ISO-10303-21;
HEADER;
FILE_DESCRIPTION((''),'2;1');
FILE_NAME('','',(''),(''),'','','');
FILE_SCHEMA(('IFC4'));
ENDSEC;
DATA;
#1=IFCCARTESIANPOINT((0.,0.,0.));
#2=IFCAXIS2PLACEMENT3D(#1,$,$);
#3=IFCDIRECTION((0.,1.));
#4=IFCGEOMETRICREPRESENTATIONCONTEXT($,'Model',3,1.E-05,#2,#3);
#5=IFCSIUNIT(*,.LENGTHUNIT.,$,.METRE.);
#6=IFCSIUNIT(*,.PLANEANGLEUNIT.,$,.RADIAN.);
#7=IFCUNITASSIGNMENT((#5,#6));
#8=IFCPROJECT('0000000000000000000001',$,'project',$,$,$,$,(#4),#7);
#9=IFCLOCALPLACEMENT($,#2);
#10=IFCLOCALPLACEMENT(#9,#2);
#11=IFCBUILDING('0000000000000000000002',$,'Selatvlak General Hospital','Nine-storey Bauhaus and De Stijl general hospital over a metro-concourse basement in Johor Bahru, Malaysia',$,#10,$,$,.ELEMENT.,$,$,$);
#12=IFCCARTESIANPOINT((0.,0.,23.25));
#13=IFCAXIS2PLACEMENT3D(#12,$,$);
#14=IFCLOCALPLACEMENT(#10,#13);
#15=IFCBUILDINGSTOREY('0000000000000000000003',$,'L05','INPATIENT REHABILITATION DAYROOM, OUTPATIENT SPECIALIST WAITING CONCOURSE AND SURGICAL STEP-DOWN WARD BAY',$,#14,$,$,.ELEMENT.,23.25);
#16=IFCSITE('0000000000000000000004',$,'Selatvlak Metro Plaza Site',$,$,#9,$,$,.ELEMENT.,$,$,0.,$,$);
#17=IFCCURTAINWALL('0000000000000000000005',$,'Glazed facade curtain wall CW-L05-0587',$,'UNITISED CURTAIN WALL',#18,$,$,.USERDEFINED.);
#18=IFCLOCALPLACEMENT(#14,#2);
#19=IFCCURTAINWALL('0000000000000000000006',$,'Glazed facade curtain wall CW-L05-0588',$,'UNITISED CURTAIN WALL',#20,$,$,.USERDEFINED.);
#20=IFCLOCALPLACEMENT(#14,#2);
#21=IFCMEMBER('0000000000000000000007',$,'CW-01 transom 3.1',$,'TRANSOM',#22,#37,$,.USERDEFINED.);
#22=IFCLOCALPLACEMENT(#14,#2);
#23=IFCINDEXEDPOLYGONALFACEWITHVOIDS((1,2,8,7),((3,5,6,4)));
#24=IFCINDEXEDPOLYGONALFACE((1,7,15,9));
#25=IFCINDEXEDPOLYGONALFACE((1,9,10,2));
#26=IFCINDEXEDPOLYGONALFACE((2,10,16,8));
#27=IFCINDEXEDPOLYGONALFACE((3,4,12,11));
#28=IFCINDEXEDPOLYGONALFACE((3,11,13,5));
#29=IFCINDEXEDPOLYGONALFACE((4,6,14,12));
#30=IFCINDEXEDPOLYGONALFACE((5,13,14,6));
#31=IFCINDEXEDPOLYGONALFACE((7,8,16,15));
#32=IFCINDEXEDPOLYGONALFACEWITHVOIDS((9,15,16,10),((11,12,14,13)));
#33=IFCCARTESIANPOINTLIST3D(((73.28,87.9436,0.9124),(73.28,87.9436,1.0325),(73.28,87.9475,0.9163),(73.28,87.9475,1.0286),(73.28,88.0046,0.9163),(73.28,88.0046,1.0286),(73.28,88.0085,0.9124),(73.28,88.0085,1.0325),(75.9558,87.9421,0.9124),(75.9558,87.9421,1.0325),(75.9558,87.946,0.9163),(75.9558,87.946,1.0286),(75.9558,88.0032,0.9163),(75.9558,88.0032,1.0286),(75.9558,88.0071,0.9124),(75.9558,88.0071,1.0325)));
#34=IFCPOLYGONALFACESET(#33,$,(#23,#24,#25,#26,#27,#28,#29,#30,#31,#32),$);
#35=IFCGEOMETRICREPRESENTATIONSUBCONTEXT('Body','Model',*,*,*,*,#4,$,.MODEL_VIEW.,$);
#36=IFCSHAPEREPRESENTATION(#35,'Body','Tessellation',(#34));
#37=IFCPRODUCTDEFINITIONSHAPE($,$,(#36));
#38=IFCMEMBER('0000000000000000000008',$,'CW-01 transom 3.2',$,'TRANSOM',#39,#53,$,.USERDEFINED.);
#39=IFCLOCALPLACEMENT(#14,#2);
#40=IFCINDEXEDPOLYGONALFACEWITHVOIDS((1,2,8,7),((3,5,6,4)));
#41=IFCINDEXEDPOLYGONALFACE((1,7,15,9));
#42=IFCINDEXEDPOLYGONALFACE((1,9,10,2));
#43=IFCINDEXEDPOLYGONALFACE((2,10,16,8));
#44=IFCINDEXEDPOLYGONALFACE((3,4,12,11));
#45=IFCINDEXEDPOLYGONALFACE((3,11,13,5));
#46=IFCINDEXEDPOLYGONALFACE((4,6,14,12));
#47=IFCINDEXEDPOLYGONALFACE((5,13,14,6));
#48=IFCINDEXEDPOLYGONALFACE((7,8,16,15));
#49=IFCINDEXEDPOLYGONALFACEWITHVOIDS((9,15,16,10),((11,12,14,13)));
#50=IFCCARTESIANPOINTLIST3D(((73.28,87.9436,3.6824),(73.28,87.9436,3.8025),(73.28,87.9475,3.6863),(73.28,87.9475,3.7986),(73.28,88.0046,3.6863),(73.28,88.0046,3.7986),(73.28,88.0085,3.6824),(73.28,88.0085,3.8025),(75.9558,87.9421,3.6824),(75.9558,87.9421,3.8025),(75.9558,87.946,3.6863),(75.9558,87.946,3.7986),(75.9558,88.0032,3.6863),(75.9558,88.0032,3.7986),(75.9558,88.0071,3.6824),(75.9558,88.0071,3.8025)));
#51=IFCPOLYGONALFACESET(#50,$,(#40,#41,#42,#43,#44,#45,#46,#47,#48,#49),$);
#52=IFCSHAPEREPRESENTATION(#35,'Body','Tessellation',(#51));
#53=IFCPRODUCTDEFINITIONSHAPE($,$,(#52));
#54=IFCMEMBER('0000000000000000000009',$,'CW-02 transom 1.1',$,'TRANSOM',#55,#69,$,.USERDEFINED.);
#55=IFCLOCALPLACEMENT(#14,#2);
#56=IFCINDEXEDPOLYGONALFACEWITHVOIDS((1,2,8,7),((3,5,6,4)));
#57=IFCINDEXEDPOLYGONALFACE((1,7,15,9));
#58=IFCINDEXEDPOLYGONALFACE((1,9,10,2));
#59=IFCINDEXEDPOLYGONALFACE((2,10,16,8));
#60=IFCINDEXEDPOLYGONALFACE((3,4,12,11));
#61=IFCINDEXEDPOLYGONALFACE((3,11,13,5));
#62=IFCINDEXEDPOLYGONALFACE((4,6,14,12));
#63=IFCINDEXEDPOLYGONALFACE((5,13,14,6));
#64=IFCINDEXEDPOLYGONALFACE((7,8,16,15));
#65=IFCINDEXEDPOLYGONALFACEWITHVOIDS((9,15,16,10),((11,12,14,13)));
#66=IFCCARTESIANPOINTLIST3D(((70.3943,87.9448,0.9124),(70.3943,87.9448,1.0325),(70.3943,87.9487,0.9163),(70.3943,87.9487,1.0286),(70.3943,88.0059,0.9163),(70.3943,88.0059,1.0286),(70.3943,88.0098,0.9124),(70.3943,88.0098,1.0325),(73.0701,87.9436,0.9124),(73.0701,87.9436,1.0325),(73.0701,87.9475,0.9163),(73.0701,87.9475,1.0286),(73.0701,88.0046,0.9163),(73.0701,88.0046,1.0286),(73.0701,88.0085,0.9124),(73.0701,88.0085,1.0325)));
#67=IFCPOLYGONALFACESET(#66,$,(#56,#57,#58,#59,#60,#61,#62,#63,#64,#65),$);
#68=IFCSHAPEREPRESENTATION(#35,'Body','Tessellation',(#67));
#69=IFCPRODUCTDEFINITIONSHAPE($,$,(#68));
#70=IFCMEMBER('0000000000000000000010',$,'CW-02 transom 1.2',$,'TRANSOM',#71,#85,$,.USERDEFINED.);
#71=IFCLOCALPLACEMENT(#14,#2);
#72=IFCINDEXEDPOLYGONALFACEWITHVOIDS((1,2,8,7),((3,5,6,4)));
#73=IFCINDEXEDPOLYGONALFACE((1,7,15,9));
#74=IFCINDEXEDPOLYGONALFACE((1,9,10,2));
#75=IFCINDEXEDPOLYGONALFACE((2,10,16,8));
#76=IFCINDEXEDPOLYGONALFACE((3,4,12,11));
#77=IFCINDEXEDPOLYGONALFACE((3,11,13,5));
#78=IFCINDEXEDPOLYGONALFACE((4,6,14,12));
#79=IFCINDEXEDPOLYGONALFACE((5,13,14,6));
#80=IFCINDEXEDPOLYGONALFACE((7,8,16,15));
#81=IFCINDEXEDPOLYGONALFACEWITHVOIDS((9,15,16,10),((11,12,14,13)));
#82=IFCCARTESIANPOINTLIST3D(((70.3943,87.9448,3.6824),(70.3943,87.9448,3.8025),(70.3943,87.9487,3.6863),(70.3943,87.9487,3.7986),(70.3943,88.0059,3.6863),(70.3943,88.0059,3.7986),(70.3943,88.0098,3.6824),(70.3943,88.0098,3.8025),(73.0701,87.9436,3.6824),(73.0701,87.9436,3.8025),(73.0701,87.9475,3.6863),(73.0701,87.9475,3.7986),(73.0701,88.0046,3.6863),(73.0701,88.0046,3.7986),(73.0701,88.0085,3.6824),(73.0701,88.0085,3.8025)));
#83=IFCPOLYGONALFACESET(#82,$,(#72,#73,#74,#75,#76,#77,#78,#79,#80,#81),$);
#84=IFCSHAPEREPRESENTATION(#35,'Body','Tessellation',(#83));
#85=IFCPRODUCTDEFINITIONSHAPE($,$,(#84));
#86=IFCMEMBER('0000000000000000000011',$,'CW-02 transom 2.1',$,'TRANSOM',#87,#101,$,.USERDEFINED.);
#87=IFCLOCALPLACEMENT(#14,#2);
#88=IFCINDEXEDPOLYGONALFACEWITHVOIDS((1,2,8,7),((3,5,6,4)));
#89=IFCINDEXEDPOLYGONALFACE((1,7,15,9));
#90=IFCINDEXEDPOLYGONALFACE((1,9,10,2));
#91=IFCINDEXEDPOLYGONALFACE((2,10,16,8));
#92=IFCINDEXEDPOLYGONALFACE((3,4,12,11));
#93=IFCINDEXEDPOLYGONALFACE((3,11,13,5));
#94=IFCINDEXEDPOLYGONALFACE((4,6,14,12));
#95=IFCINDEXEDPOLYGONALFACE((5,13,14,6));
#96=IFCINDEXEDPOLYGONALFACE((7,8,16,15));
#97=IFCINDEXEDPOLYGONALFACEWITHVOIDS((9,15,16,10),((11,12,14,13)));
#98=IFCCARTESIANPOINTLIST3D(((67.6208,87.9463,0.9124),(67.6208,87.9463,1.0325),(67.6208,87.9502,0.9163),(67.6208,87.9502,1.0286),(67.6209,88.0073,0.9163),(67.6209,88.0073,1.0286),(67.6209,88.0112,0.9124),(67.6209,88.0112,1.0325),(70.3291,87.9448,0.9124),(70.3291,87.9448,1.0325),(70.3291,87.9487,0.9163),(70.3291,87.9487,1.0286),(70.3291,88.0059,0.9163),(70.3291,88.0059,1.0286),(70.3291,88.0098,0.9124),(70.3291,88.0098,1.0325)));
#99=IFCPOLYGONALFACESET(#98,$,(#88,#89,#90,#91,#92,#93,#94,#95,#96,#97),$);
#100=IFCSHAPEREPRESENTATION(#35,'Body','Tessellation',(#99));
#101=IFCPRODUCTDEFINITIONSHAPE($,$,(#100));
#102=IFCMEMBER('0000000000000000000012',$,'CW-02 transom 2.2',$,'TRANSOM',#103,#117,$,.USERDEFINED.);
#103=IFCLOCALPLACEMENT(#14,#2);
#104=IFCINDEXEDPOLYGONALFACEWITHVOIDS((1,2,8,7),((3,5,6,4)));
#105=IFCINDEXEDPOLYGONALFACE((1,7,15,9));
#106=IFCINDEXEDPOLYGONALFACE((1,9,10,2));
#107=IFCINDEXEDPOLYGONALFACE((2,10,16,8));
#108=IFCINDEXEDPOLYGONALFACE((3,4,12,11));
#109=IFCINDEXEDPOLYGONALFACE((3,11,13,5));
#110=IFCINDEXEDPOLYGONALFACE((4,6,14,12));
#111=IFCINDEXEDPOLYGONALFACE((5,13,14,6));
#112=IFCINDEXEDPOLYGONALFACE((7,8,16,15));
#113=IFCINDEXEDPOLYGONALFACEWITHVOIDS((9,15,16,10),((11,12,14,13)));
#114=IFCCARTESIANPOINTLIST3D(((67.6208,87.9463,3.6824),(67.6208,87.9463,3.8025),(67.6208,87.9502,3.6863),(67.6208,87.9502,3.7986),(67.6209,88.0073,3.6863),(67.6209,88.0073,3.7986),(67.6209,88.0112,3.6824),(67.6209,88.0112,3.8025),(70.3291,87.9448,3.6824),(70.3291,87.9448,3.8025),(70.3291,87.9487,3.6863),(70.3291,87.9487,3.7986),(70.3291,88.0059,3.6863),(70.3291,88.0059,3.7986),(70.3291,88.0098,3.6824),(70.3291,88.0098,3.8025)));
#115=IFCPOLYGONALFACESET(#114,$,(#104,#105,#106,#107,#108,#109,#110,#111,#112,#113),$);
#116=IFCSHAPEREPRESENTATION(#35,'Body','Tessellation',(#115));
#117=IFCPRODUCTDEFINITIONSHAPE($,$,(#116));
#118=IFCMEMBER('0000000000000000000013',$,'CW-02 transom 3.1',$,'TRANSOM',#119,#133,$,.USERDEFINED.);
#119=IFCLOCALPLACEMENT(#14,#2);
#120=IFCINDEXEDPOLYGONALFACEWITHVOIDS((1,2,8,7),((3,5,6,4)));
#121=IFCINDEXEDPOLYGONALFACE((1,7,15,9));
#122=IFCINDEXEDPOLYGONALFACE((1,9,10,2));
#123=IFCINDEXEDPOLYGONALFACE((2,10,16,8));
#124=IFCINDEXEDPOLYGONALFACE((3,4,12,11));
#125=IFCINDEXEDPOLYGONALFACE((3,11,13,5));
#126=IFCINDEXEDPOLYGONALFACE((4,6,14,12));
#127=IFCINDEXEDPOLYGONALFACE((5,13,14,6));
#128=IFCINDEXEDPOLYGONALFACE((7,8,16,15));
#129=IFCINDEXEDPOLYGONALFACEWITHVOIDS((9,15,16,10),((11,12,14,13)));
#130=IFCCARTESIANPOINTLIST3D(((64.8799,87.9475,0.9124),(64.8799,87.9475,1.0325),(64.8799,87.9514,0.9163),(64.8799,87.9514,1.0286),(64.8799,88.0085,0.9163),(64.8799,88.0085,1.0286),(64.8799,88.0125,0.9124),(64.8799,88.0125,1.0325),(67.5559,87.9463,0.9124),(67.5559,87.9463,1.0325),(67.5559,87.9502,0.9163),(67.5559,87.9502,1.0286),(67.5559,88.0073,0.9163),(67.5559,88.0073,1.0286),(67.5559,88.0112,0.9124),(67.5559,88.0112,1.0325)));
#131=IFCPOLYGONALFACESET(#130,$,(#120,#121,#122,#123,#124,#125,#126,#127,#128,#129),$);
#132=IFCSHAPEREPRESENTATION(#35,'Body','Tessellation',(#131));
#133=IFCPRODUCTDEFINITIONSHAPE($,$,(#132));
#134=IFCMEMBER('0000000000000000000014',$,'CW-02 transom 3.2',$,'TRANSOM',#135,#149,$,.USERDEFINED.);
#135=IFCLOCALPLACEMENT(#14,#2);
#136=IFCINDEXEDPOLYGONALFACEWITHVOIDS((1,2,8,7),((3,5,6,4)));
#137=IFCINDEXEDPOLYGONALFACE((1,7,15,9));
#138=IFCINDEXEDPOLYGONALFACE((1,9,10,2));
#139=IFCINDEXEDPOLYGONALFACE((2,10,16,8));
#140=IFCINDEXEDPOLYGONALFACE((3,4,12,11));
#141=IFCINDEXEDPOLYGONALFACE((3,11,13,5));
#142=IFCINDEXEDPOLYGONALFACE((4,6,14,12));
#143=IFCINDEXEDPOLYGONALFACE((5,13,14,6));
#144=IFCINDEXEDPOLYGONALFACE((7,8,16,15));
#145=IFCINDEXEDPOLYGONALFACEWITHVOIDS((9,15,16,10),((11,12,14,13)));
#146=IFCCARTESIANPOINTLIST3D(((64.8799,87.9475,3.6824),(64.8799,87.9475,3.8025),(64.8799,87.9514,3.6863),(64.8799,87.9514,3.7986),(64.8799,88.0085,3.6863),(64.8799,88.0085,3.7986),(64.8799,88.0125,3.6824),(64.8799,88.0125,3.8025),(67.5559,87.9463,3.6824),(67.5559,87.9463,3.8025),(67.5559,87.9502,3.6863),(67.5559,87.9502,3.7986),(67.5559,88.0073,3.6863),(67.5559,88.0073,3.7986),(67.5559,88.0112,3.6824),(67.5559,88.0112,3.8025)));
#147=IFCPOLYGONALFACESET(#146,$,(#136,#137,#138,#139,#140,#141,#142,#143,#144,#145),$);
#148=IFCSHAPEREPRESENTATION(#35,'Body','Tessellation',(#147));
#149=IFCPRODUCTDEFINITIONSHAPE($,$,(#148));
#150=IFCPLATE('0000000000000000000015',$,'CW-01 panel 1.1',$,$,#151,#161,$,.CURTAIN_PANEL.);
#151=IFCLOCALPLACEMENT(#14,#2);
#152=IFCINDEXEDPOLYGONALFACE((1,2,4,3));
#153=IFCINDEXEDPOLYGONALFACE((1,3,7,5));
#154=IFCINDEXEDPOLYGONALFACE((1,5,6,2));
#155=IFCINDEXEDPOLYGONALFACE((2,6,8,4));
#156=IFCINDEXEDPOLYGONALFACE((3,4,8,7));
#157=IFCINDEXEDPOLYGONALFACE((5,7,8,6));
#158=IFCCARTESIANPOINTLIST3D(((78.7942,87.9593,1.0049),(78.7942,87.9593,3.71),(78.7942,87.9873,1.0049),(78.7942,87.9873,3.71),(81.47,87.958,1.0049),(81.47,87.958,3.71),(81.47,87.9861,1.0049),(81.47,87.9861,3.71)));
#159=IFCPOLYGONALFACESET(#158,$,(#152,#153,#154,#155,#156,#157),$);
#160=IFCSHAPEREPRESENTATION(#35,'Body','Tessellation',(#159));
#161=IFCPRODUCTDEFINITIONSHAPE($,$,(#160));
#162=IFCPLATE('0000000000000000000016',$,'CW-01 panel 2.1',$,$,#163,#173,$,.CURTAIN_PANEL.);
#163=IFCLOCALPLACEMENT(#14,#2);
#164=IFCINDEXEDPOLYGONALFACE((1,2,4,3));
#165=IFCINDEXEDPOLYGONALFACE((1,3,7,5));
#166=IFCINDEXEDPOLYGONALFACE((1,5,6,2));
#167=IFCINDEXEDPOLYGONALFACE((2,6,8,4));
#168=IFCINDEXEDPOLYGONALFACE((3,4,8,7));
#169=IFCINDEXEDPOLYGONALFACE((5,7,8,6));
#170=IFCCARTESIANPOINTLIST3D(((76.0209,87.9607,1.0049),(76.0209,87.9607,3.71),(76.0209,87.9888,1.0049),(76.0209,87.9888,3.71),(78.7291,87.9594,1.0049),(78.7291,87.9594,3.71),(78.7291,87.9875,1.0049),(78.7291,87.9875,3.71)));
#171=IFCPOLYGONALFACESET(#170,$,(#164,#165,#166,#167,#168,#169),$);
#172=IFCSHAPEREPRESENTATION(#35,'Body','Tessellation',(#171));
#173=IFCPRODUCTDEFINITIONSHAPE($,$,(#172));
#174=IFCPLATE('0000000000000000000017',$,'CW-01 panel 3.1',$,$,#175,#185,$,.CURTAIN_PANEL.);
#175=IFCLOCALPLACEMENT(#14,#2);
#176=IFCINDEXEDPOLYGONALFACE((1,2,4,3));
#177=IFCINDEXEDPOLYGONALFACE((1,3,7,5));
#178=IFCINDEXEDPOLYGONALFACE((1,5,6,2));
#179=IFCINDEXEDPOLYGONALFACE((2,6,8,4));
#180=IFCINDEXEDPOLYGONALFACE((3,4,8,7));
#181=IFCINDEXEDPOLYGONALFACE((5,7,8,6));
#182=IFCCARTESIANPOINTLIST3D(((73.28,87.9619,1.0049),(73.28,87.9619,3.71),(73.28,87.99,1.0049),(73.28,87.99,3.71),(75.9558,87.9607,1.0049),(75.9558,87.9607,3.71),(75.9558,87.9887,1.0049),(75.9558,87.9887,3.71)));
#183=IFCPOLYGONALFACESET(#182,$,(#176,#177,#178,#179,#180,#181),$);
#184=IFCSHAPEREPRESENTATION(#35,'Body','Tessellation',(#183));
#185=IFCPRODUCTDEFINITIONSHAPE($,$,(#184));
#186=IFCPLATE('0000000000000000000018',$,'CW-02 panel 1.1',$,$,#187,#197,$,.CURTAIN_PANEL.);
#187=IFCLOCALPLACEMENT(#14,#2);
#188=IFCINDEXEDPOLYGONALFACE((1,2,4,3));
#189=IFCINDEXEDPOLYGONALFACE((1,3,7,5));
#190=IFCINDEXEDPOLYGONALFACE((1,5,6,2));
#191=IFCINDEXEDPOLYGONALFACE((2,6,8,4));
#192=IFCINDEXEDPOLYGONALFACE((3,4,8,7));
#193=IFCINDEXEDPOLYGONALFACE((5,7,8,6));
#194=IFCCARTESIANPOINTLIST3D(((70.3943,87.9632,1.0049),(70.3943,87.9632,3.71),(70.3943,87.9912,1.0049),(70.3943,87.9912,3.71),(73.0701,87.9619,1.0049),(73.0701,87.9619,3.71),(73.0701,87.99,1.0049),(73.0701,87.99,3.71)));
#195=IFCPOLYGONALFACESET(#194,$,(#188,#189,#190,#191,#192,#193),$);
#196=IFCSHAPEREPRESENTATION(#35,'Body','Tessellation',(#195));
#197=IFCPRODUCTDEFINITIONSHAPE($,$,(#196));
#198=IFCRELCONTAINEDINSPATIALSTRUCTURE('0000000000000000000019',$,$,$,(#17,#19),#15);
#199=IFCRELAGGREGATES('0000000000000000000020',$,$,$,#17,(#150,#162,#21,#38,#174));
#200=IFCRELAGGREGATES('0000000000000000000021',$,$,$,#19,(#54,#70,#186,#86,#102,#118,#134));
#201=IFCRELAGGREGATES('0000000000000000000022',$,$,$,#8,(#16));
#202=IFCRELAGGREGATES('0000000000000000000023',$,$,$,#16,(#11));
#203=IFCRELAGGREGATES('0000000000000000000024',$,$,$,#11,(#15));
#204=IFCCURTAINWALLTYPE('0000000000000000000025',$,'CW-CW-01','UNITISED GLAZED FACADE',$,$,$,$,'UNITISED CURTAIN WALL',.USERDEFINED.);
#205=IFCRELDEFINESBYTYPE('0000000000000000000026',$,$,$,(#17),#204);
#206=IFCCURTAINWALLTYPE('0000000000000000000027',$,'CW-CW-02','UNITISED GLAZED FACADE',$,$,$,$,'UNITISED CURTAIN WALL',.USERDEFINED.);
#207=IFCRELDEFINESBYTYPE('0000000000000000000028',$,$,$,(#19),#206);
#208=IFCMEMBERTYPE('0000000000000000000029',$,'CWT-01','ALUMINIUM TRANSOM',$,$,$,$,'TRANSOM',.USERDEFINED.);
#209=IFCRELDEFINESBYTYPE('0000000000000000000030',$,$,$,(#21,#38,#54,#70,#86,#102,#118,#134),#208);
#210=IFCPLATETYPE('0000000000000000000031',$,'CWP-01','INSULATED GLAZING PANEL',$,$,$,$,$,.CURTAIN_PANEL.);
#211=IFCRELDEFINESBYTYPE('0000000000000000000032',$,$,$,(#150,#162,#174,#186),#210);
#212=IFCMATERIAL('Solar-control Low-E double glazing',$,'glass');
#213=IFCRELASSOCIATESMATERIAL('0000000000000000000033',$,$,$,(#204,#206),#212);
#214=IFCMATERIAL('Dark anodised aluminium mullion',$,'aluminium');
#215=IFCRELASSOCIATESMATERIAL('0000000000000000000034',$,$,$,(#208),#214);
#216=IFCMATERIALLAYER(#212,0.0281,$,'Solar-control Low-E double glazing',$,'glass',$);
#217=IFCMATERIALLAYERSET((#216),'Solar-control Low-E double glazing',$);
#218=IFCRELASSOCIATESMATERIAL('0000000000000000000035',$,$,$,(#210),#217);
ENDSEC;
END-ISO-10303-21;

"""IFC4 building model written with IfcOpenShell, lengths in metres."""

from ifc_helpers import new_model, si_unit, direction, frame, origin, origin_2d, place, context, subcontext, project, spatial, rectangle, hollow_rectangle, extrude, material, layer, layer_set, material_profile, profile_set, type_object, element, aggregate, save


model = new_model("IFC4")

# Units and contexts
model_context = context("Model", 3, precision=1e-05, world=origin(), true_north=direction((0.0, 1.0)))
body_context = subcontext(model_context, "Body", "Model", "MODEL_VIEW")
ifc_project = project(units=[si_unit("LENGTHUNIT", "METRE"), si_unit("PLANEANGLEUNIT", "RADIAN")], contexts=[model_context])

# Site, building, storey
site_placement = place(None, origin())
site = spatial("IfcSite", under=ifc_project, at=site_placement, Name="Selatvlak Metro Plaza Site", CompositionType="ELEMENT", RefElevation=0.0)
building_placement = place(site_placement, origin())
building = spatial("IfcBuilding", under=site, at=building_placement, Name="Selatvlak General Hospital", Description="Nine-storey Bauhaus and De Stijl general hospital over a metro-concourse basement in Johor Bahru, Malaysia", CompositionType="ELEMENT")
storey_placement = place(building_placement, frame((0.0, 0.0, 23.25)))
storey = spatial("IfcBuildingStorey", under=building, at=storey_placement, Name="L05", Description="INPATIENT REHABILITATION DAYROOM, OUTPATIENT SPECIALIST WAITING CONCOURSE AND SURGICAL STEP-DOWN WARD BAY", CompositionType="ELEMENT", Elevation=23.25)

# Curtain walls
ifc_material_1 = material(Name="Solar-control Low-E double glazing", Category="glass")
curtain_wall_type_1 = type_object("IfcCurtainWallType", Name="CW-CW-01", Description="UNITISED GLAZED FACADE", ElementType="UNITISED CURTAIN WALL", PredefinedType="USERDEFINED", material=ifc_material_1)
curtain_wall_1_placement = place(storey_placement, origin())
curtain_wall_1 = element("IfcCurtainWall", 1, at=curtain_wall_1_placement, inside=storey, type_object=curtain_wall_type_1, Name="Glazed facade curtain wall CW-L05-0587", ObjectType="UNITISED CURTAIN WALL", PredefinedType="USERDEFINED")
ifc_material_2 = material(Name="Dark anodised aluminium mullion", Category="aluminium")
curtain_wall_type_2 = type_object("IfcCurtainWallType", Name="CW-CW-02", Description="UNITISED GLAZED FACADE", ElementType="UNITISED CURTAIN WALL", PredefinedType="USERDEFINED", material=ifc_material_1)
curtain_wall_2_placement = place(storey_placement, origin())
curtain_wall_2 = element("IfcCurtainWall", 2, at=curtain_wall_2_placement, inside=storey, type_object=curtain_wall_type_2, Name="Glazed facade curtain wall CW-L05-0588", ObjectType="UNITISED CURTAIN WALL", PredefinedType="USERDEFINED")

# Members
ifc_material_profile_1 = material_profile(ifc_material_2, hollow_rectangle(XDim=0.0649, YDim=0.1201, WallThickness=0.0039, at=origin_2d()), Name="AL-TRN 65x120x4")
ifc_profile_set_1 = profile_set([ifc_material_profile_1], Name="Dark anodised aluminium mullion")
member_type_1 = type_object("IfcMemberType", Name="CWT-01", Description="ALUMINIUM TRANSOM", ElementType="TRANSOM", PredefinedType="USERDEFINED", material=ifc_profile_set_1)
member_1_placement = place(storey_placement, frame((75.9558, 87.9746, 0.9724), z_axis=(-1.0, 0.000547, 0.0), x_axis=(-0.000547, -1.0, 0.0)))
member_1 = element("IfcMember", 3, at=member_1_placement, type_object=member_type_1, Name="CW-01 transom 3.1", ObjectType="TRANSOM", PredefinedType="USERDEFINED", context=body_context, shape_type="SweptSolid", body=[
    extrude(hollow_rectangle(XDim=0.0649, YDim=0.1201, WallThickness=0.0039, at=origin_2d()), origin(), (0.0, 0.0, 1.0), 2.6758),
])
member_2_placement = place(storey_placement, frame((75.9558, 87.9746, 3.7424), z_axis=(-1.0, 0.000547, 0.0), x_axis=(-0.000547, -1.0, 0.0)))
member_2 = element("IfcMember", 4, at=member_2_placement, type_object=member_type_1, Name="CW-01 transom 3.2", ObjectType="TRANSOM", PredefinedType="USERDEFINED", context=body_context, shape_type="SweptSolid", body=[
    extrude(hollow_rectangle(XDim=0.0649, YDim=0.1201, WallThickness=0.0039, at=origin_2d()), origin(), (0.0, 0.0, 1.0), 2.6758),
])
member_3_placement = place(storey_placement, frame((73.0701, 87.9761, 0.9724), z_axis=(-1.0, 0.000456, 0.0), x_axis=(-0.000456, -1.0, 0.0)))
member_3 = element("IfcMember", 5, at=member_3_placement, type_object=member_type_1, Name="CW-02 transom 1.1", ObjectType="TRANSOM", PredefinedType="USERDEFINED", context=body_context, shape_type="SweptSolid", body=[
    extrude(hollow_rectangle(XDim=0.0649, YDim=0.1201, WallThickness=0.0039, at=origin_2d()), origin(), (0.0, 0.0, 1.0), 2.6758),
])
member_4_placement = place(storey_placement, frame((73.0701, 87.9761, 3.7424), z_axis=(-1.0, 0.000456, 0.0), x_axis=(-0.000456, -1.0, 0.0)))
member_4 = element("IfcMember", 6, at=member_4_placement, type_object=member_type_1, Name="CW-02 transom 1.2", ObjectType="TRANSOM", PredefinedType="USERDEFINED", context=body_context, shape_type="SweptSolid", body=[
    extrude(hollow_rectangle(XDim=0.0649, YDim=0.1201, WallThickness=0.0039, at=origin_2d()), origin(), (0.0, 0.0, 1.0), 2.6758),
])
member_5_placement = place(storey_placement, frame((70.3291, 87.9773, 0.9724), z_axis=(-1.0, 0.000541, 0.0), x_axis=(-0.000541, -1.0, 0.0)))
member_5 = element("IfcMember", 7, at=member_5_placement, type_object=member_type_1, Name="CW-02 transom 2.1", ObjectType="TRANSOM", PredefinedType="USERDEFINED", context=body_context, shape_type="SweptSolid", body=[
    extrude(hollow_rectangle(XDim=0.0649, YDim=0.1201, WallThickness=0.0039, at=origin_2d()), origin(), (0.0, 0.0, 1.0), 2.7083),
])
member_6_placement = place(storey_placement, frame((70.3291, 87.9773, 3.7424), z_axis=(-1.0, 0.000541, 0.0), x_axis=(-0.000541, -1.0, 0.0)))
member_6 = element("IfcMember", 8, at=member_6_placement, type_object=member_type_1, Name="CW-02 transom 2.2", ObjectType="TRANSOM", PredefinedType="USERDEFINED", context=body_context, shape_type="SweptSolid", body=[
    extrude(hollow_rectangle(XDim=0.0649, YDim=0.1201, WallThickness=0.0039, at=origin_2d()), origin(), (0.0, 0.0, 1.0), 2.7083),
])
member_7_placement = place(storey_placement, frame((67.5559, 87.9788, 0.9724), z_axis=(-1.0, 0.000456, 0.0), x_axis=(-0.000456, -1.0, 0.0)))
member_7 = element("IfcMember", 9, at=member_7_placement, type_object=member_type_1, Name="CW-02 transom 3.1", ObjectType="TRANSOM", PredefinedType="USERDEFINED", context=body_context, shape_type="SweptSolid", body=[
    extrude(hollow_rectangle(XDim=0.0649, YDim=0.1201, WallThickness=0.0039, at=origin_2d()), origin(), (0.0, 0.0, 1.0), 2.676),
])
member_8_placement = place(storey_placement, frame((67.5559, 87.9788, 3.7424), z_axis=(-1.0, 0.000456, 0.0), x_axis=(-0.000456, -1.0, 0.0)))
member_8 = element("IfcMember", 10, at=member_8_placement, type_object=member_type_1, Name="CW-02 transom 3.2", ObjectType="TRANSOM", PredefinedType="USERDEFINED", context=body_context, shape_type="SweptSolid", body=[
    extrude(hollow_rectangle(XDim=0.0649, YDim=0.1201, WallThickness=0.0039, at=origin_2d()), origin(), (0.0, 0.0, 1.0), 2.676),
])

# Plates
ifc_layer_1 = layer(ifc_material_1, 0.0281, Name="Solar-control Low-E double glazing", Category="glass")
ifc_layer_set_1 = layer_set([ifc_layer_1], Name="Solar-control Low-E double glazing")
plate_type = type_object("IfcPlateType", Name="CWP-01", Description="INSULATED GLAZING PANEL", PredefinedType="CURTAIN_PANEL", material=ifc_layer_set_1)
plate_1_placement = place(storey_placement, frame((80.1321, 87.9727, 1.0049), z_axis=(0.0, 0.0, 1.0), x_axis=(-1.0, 0.000481, 0.0)))
plate_1 = element("IfcPlate", 11, at=plate_1_placement, type_object=plate_type, Name="CW-01 panel 1.1", PredefinedType="CURTAIN_PANEL", context=body_context, shape_type="SweptSolid", body=[
    extrude(rectangle(XDim=2.6758, YDim=0.0281, at=origin_2d()), origin(), (0.0, 0.0, 1.0), 2.7051),
])
plate_2_placement = place(storey_placement, frame((77.375, 87.9741, 1.0049), z_axis=(0.0, 0.0, 1.0), x_axis=(-1.0, 0.000481, 0.0)))
plate_2 = element("IfcPlate", 12, at=plate_2_placement, type_object=plate_type, Name="CW-01 panel 2.1", PredefinedType="CURTAIN_PANEL", context=body_context, shape_type="SweptSolid", body=[
    extrude(rectangle(XDim=2.7083, YDim=0.0281, at=origin_2d()), origin(), (0.0, 0.0, 1.0), 2.7051),
])
plate_3_placement = place(storey_placement, frame((74.6179, 87.9753, 1.0049), z_axis=(0.0, 0.0, 1.0), x_axis=(-1.0, 0.000481, 0.0)))
plate_3 = element("IfcPlate", 13, at=plate_3_placement, type_object=plate_type, Name="CW-01 panel 3.1", PredefinedType="CURTAIN_PANEL", context=body_context, shape_type="SweptSolid", body=[
    extrude(rectangle(XDim=2.6758, YDim=0.0281, at=origin_2d()), origin(), (0.0, 0.0, 1.0), 2.7051),
])
aggregate(curtain_wall_1, [plate_1, plate_2, member_1, member_2, plate_3])
plate_4_placement = place(storey_placement, frame((71.7322, 87.9766, 1.0049), z_axis=(0.0, 0.0, 1.0), x_axis=(-1.0, 0.000481, 0.0)))
plate_4 = element("IfcPlate", 14, at=plate_4_placement, type_object=plate_type, Name="CW-02 panel 1.1", PredefinedType="CURTAIN_PANEL", context=body_context, shape_type="SweptSolid", body=[
    extrude(rectangle(XDim=2.6758, YDim=0.0281, at=origin_2d()), origin(), (0.0, 0.0, 1.0), 2.7051),
])
aggregate(curtain_wall_2, [member_3, member_4, plate_4, member_5, member_6, member_7, member_8])

save(model, "model.ifc")
